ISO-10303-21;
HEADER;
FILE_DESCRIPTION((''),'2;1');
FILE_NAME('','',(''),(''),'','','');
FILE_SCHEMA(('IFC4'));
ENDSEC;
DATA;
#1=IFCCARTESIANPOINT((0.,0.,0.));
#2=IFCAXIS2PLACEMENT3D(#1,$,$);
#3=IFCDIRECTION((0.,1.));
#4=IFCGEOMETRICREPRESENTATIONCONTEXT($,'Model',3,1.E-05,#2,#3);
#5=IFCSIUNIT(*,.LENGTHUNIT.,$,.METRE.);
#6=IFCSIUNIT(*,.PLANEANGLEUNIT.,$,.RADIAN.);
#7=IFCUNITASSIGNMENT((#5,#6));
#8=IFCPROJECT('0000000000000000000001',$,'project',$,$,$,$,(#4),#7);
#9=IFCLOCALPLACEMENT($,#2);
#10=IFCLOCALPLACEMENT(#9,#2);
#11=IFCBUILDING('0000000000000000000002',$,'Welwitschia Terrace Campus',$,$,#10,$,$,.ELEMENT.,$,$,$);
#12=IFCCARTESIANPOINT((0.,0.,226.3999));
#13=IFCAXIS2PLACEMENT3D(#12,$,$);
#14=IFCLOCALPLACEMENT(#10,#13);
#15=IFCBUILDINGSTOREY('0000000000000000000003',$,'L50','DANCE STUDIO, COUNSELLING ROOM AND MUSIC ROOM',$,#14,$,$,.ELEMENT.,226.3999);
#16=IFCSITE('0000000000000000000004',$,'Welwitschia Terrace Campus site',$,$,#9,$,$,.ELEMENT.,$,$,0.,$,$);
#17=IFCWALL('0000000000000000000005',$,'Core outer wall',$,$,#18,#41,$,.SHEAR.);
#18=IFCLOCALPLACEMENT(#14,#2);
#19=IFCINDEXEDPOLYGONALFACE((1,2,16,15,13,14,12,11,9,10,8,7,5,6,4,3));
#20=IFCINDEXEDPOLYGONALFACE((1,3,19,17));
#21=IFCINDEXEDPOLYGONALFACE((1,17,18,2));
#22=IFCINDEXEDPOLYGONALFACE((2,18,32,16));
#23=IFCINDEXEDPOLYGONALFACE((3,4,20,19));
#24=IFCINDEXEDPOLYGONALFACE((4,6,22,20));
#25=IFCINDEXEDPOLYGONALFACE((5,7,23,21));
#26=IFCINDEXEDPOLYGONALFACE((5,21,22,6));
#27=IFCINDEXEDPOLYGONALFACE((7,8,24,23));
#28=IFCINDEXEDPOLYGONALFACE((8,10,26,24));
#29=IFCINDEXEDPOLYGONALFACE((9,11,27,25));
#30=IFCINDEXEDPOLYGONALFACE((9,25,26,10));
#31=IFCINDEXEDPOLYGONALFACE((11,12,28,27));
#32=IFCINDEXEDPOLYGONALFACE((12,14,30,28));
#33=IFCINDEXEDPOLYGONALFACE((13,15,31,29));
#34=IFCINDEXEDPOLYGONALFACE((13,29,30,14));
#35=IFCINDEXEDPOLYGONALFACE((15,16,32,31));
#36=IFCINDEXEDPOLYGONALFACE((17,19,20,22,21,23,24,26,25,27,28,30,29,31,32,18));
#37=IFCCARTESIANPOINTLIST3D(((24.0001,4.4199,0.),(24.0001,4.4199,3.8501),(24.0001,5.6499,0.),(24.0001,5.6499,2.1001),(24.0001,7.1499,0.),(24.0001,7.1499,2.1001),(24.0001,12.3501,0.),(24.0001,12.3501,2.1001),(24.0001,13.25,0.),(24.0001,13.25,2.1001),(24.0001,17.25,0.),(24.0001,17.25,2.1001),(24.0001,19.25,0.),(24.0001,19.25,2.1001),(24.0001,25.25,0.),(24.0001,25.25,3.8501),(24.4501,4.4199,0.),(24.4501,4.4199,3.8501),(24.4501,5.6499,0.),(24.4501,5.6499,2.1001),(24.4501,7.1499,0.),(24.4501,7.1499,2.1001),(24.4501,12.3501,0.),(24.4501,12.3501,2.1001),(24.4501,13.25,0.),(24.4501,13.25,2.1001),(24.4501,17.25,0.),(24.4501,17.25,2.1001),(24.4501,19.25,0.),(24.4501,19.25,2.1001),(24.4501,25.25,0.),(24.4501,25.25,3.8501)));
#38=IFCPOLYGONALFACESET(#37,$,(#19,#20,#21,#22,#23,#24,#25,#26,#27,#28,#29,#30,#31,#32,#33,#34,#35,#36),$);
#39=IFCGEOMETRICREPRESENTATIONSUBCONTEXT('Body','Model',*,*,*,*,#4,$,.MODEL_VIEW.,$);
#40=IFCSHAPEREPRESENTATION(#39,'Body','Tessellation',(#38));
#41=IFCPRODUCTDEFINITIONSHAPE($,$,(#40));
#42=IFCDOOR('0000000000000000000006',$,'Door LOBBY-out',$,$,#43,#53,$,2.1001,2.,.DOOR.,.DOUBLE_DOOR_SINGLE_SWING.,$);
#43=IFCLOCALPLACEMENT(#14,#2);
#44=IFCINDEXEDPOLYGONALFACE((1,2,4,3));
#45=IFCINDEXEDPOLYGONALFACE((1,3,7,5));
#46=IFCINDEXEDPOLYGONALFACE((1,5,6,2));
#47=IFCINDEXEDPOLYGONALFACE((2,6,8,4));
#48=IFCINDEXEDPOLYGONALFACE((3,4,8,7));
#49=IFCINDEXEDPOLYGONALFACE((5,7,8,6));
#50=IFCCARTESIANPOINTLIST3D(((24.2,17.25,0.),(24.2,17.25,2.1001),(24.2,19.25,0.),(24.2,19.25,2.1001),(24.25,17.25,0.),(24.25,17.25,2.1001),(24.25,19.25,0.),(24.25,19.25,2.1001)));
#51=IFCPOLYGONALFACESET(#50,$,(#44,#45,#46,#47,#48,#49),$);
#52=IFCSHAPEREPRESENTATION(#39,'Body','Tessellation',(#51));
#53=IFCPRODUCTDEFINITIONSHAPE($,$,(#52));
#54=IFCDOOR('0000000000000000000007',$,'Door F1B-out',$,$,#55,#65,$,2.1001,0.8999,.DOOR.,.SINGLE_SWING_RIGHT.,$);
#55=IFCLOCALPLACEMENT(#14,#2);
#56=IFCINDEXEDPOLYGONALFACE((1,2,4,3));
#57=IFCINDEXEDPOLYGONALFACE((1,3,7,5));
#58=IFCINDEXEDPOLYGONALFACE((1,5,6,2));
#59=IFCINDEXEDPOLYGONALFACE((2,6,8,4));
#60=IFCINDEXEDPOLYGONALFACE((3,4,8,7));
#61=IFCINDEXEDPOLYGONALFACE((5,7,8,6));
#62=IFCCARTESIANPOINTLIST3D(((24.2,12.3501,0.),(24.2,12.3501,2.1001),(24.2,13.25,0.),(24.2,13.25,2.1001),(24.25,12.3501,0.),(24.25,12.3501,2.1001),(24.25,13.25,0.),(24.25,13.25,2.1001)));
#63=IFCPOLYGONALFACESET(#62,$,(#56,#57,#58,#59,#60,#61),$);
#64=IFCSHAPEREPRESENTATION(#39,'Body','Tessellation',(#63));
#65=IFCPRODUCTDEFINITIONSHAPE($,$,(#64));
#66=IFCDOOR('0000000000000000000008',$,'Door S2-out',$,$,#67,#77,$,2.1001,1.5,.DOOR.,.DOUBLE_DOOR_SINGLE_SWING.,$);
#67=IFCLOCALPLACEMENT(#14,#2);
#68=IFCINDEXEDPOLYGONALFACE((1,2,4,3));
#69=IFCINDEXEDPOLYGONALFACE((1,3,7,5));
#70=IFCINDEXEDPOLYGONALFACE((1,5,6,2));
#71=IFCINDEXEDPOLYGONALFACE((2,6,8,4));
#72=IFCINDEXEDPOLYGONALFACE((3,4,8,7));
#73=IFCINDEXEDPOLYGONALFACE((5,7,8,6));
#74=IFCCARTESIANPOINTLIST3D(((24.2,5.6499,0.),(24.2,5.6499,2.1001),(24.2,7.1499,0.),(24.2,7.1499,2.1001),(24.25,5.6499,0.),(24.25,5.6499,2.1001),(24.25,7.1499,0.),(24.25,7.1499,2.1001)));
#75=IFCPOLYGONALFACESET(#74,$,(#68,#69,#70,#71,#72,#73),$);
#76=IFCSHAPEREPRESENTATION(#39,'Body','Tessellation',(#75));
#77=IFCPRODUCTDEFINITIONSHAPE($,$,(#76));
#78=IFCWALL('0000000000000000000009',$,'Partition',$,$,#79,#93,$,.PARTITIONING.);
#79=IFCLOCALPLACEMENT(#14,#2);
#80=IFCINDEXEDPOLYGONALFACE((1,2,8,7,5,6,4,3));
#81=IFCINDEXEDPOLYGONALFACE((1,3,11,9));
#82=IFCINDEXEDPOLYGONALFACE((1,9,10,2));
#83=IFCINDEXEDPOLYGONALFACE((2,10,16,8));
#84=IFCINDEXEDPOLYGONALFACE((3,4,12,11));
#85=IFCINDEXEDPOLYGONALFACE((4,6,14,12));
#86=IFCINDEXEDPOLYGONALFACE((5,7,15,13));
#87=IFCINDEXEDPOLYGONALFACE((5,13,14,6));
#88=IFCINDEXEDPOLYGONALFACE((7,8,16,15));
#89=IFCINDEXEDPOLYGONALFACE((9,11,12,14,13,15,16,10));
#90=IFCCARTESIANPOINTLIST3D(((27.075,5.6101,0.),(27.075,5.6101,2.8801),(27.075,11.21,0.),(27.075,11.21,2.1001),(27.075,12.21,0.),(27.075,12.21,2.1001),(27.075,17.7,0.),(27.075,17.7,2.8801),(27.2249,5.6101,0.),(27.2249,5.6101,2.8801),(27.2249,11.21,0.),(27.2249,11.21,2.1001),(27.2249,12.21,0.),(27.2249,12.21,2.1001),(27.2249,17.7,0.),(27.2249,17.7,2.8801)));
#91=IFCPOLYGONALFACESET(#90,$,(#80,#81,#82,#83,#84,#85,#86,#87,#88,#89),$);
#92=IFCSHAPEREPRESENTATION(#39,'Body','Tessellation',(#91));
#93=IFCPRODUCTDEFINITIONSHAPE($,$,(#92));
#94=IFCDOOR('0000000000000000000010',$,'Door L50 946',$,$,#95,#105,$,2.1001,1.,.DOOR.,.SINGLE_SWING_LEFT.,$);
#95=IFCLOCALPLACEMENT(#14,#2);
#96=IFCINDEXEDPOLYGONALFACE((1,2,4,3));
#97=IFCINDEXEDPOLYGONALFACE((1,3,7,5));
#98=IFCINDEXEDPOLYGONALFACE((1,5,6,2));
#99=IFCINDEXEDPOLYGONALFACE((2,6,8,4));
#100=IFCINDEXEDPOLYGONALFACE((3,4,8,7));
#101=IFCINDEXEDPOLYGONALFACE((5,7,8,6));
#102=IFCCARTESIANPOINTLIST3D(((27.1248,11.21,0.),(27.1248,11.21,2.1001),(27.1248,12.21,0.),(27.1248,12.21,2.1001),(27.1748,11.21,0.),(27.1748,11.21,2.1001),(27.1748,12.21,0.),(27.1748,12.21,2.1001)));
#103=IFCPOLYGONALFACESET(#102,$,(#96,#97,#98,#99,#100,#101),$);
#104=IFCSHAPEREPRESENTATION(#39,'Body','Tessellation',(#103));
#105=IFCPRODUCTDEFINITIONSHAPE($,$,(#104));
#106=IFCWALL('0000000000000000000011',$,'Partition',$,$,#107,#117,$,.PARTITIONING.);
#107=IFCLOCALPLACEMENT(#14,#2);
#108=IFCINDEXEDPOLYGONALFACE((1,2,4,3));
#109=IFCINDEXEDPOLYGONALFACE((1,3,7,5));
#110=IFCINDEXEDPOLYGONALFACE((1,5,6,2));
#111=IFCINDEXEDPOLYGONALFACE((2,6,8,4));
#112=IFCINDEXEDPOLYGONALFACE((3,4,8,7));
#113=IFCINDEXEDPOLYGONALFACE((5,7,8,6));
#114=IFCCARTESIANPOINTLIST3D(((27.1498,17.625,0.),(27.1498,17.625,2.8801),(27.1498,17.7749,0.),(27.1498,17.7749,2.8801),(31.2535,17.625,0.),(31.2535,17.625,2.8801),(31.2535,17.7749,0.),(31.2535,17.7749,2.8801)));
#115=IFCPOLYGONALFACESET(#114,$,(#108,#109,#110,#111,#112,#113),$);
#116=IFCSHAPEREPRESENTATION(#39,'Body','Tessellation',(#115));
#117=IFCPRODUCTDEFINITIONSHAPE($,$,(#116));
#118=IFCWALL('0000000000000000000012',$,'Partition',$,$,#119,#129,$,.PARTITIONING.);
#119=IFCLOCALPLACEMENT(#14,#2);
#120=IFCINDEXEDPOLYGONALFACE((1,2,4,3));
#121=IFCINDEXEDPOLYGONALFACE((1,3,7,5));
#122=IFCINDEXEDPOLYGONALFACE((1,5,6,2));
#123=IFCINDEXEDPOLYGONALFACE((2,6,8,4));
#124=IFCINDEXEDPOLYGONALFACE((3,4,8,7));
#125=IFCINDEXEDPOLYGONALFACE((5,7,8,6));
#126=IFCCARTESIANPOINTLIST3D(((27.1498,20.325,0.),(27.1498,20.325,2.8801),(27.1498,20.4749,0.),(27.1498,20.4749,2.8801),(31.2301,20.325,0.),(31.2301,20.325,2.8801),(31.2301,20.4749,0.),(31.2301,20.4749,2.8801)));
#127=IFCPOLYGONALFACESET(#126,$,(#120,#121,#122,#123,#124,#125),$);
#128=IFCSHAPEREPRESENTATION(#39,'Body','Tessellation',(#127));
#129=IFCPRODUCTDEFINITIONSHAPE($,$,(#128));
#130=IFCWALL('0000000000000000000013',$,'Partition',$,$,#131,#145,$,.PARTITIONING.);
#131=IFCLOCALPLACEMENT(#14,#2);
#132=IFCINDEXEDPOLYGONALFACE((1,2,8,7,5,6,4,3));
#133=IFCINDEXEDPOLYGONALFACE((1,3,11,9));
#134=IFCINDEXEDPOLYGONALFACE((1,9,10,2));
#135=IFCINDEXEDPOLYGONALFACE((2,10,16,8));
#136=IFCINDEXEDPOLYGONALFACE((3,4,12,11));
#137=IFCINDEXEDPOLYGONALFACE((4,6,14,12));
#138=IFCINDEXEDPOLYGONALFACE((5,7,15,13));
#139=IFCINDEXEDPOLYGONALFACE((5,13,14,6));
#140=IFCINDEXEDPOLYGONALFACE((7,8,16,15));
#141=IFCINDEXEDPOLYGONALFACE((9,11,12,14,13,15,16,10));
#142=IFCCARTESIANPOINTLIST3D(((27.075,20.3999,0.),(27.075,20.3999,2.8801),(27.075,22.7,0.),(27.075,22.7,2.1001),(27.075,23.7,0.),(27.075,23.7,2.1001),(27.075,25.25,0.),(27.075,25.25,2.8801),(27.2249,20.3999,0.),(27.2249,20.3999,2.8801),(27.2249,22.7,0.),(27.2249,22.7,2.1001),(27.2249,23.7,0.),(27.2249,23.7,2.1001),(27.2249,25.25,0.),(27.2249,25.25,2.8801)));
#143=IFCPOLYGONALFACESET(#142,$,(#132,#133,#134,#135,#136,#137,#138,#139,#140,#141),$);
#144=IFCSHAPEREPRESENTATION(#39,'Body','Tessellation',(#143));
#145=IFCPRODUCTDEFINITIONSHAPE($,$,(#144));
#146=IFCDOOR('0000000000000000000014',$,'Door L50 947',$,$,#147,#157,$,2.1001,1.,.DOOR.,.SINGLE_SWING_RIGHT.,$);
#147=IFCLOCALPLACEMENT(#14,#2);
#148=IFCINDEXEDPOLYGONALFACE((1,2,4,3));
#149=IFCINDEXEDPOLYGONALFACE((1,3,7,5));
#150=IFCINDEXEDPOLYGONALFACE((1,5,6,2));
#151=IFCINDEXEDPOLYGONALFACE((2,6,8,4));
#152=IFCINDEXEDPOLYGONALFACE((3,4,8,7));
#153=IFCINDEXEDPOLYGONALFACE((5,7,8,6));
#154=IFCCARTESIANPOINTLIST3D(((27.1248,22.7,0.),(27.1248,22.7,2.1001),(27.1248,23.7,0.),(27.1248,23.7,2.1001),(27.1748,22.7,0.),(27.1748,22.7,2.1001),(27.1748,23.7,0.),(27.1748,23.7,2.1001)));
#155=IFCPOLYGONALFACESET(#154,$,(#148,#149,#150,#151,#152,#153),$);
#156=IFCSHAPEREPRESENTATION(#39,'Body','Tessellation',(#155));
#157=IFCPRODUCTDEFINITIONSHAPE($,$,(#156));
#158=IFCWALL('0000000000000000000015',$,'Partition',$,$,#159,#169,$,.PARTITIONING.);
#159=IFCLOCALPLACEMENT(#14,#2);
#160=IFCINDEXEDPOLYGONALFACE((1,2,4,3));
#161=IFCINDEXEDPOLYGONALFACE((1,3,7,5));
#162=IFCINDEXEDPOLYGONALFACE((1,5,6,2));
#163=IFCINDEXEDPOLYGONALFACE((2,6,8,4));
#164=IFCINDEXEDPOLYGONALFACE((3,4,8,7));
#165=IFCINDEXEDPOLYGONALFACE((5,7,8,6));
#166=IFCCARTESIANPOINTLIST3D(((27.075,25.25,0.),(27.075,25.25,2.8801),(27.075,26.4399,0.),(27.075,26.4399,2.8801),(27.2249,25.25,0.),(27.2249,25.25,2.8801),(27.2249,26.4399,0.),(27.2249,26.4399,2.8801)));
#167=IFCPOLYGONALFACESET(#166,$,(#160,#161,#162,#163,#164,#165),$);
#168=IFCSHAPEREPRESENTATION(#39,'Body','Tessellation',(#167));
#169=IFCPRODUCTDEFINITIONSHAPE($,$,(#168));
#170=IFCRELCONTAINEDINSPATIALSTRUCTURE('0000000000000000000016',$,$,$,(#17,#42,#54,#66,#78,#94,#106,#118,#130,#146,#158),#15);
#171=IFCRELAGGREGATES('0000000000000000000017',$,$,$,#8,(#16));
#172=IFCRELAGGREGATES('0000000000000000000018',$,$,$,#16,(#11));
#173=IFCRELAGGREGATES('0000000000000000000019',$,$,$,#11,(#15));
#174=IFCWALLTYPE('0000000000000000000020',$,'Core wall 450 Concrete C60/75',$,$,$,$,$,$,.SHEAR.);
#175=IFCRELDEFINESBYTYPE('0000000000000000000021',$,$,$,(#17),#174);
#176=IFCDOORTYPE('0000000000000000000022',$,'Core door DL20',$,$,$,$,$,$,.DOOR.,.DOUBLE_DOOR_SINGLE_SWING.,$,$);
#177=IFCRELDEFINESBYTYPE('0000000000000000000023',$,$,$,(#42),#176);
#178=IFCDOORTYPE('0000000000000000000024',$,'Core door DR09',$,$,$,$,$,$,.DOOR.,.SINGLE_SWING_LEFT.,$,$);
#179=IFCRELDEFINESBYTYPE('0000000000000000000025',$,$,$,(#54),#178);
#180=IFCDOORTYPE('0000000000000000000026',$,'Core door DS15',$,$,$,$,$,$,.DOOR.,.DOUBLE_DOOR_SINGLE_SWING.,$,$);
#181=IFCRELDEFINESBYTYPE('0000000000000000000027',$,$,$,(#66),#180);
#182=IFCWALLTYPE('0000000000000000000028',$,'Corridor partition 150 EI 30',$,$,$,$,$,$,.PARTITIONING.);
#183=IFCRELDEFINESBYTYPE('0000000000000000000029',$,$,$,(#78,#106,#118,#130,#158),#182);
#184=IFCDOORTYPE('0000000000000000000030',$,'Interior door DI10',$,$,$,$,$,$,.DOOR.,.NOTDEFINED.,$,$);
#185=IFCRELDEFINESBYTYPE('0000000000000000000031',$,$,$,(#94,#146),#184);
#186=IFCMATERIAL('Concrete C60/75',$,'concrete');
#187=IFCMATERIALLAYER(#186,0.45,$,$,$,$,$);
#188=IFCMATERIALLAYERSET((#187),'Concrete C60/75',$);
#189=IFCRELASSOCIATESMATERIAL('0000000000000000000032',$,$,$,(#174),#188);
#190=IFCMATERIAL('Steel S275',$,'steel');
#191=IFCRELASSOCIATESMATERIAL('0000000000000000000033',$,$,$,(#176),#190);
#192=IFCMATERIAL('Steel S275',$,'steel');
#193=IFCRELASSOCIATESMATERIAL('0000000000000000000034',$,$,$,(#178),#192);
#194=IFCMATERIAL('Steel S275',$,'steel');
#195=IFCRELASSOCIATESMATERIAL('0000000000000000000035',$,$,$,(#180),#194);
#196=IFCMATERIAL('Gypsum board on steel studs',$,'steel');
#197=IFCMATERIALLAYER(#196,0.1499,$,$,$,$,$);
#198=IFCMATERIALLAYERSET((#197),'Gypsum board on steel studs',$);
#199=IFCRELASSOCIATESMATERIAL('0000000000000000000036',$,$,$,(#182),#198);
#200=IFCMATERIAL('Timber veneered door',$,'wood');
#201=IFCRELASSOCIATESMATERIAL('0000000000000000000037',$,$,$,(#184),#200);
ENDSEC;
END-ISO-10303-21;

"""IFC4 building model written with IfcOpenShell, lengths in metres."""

from ifc_helpers import new_model, si_unit, direction, frame, frame_2d, origin, place, context, subcontext, project, spatial, rectangle, extrude, material, layer, layer_set, type_object, element, fill, save


model = new_model("IFC4")

# Units and contexts
model_context = context("Model", 3, precision=1e-05, world=origin(), true_north=direction((0.0, 1.0)))
body_context = subcontext(model_context, "Body", "Model", "MODEL_VIEW")
ifc_project = project(units=[si_unit("LENGTHUNIT", "METRE"), si_unit("PLANEANGLEUNIT", "RADIAN")], contexts=[model_context])

# Site, building, storey
site_placement = place(None, origin())
site = spatial("IfcSite", under=ifc_project, at=site_placement, Name="Welwitschia Terrace Campus site", CompositionType="ELEMENT", RefElevation=0.0)
building_placement = place(site_placement, origin())
building = spatial("IfcBuilding", under=site, at=building_placement, Name="Welwitschia Terrace Campus", CompositionType="ELEMENT")
storey_placement = place(building_placement, frame((0.0, 0.0, 226.3999)))
storey = spatial("IfcBuildingStorey", under=building, at=storey_placement, Name="L50", Description="DANCE STUDIO, COUNSELLING ROOM AND MUSIC ROOM", CompositionType="ELEMENT", Elevation=226.3999)

# Wall, openings, doors
ifc_material_1 = material(Name="Concrete C60/75", Category="concrete")
ifc_layer_1 = layer(ifc_material_1, 0.45)
ifc_layer_set_1 = layer_set([ifc_layer_1], Name="Concrete C60/75")
wall_type_1 = type_object("IfcWallType", Name="Core wall 450 Concrete C60/75", PredefinedType="SHEAR", material=ifc_layer_set_1)
wall_1_placement = place(storey_placement, frame((24.2251, 25.25, 0.0), z_axis=(0.0, 0.0, 1.0), x_axis=(0.0, -1.0, 0.0)))
wall_1 = element("IfcWall", 1, at=wall_1_placement, inside=storey, type_object=wall_type_1, Name="Core outer wall", PredefinedType="SHEAR", context=body_context, shape_type="SweptSolid", body=[
    extrude(rectangle(XDim=20.8301, YDim=0.45, at=frame_2d((10.415, 0.0))), origin(), (0.0, 0.0, 1.0), 3.8501),
])
opening_1_placement = place(wall_1_placement, frame((18.1001, 0.0, 0.0)))
opening_1 = element("IfcOpeningElement", 2, at=opening_1_placement, cuts=wall_1, PredefinedType="OPENING", context=body_context, shape_type="SweptSolid", body=[
    extrude(rectangle(XDim=1.5, YDim=2.1001, at=frame_2d((0.75, 1.05))), frame((0.0, 0.2349, 0.0), z_axis=(0.0, -1.0, 0.0), x_axis=(1.0, 0.0, 0.0)), (0.0, 0.0, 1.0), 0.47),
])
opening_2_placement = place(wall_1_placement, frame((12.0, 0.0, 0.0)))
opening_2 = element("IfcOpeningElement", 3, at=opening_2_placement, cuts=wall_1, PredefinedType="OPENING", context=body_context, shape_type="SweptSolid", body=[
    extrude(rectangle(XDim=0.8999, YDim=2.1001, at=frame_2d((0.45, 1.05))), frame((0.0, 0.2349, 0.0), z_axis=(0.0, -1.0, 0.0), x_axis=(1.0, 0.0, 0.0)), (0.0, 0.0, 1.0), 0.47),
])
opening_3_placement = place(wall_1_placement, frame((6.0, 0.0, 0.0)))
opening_3 = element("IfcOpeningElement", 4, at=opening_3_placement, cuts=wall_1, PredefinedType="OPENING", context=body_context, shape_type="SweptSolid", body=[
    extrude(rectangle(XDim=2.0, YDim=2.1001, at=frame_2d((1.0, 1.05))), frame((0.0, 0.2349, 0.0), z_axis=(0.0, -1.0, 0.0), x_axis=(1.0, 0.0, 0.0)), (0.0, 0.0, 1.0), 0.47),
])
ifc_material_2 = material(Name="Steel S275", Category="steel")
door_type_1 = type_object("IfcDoorType", Name="Core door DL20", OperationType="DOUBLE_DOOR_SINGLE_SWING", PredefinedType="DOOR", material=ifc_material_2)
door_1_placement = place(opening_3_placement, origin())
door_1 = element("IfcDoor", 5, at=door_1_placement, inside=storey, type_object=door_type_1, Name="Door LOBBY-out", OperationType="DOUBLE_DOOR_SINGLE_SWING", OverallHeight=2.1001, OverallWidth=2.0, PredefinedType="DOOR", context=body_context, shape_type="SweptSolid", body=[
    extrude(rectangle(XDim=2.0, YDim=2.1001, at=frame_2d((1.0, 1.05))), frame((0.0, 0.0249, 0.0), z_axis=(0.0, -1.0, 0.0), x_axis=(1.0, 0.0, 0.0)), (0.0, 0.0, 1.0), 0.05),
])
fill(opening_3, door_1)
ifc_material_3 = material(Name="Steel S275", Category="steel")
door_type_2 = type_object("IfcDoorType", Name="Core door DR09", OperationType="SINGLE_SWING_LEFT", PredefinedType="DOOR", material=ifc_material_3)
door_2_placement = place(opening_2_placement, origin())
door_2 = element("IfcDoor", 6, at=door_2_placement, inside=storey, type_object=door_type_2, Name="Door F1B-out", OperationType="SINGLE_SWING_RIGHT", OverallHeight=2.1001, OverallWidth=0.8999, PredefinedType="DOOR", context=body_context, shape_type="SweptSolid", body=[
    extrude(rectangle(XDim=0.8999, YDim=2.1001, at=frame_2d((0.45, 1.05))), frame((0.0, 0.0249, 0.0), z_axis=(0.0, -1.0, 0.0), x_axis=(1.0, 0.0, 0.0)), (0.0, 0.0, 1.0), 0.05),
])
fill(opening_2, door_2)
ifc_material_4 = material(Name="Steel S275", Category="steel")
door_type_3 = type_object("IfcDoorType", Name="Core door DS15", OperationType="DOUBLE_DOOR_SINGLE_SWING", PredefinedType="DOOR", material=ifc_material_4)
door_3_placement = place(opening_1_placement, origin())
door_3 = element("IfcDoor", 7, at=door_3_placement, inside=storey, type_object=door_type_3, Name="Door S2-out", OperationType="DOUBLE_DOOR_SINGLE_SWING", OverallHeight=2.1001, OverallWidth=1.5, PredefinedType="DOOR", context=body_context, shape_type="SweptSolid", body=[
    extrude(rectangle(XDim=1.5, YDim=2.1001, at=frame_2d((0.75, 1.05))), frame((0.0, 0.0249, 0.0), z_axis=(0.0, -1.0, 0.0), x_axis=(1.0, 0.0, 0.0)), (0.0, 0.0, 1.0), 0.05),
])
fill(opening_1, door_3)

# Wall, opening, door
ifc_material_5 = material(Name="Gypsum board on steel studs", Category="steel")
ifc_layer_2 = layer(ifc_material_5, 0.1499)
ifc_layer_set_2 = layer_set([ifc_layer_2], Name="Gypsum board on steel studs")
wall_type_2 = type_object("IfcWallType", Name="Corridor partition 150 EI 30", PredefinedType="PARTITIONING", material=ifc_layer_set_2)
wall_2_placement = place(storey_placement, frame((27.1499, 17.7, 0.0), z_axis=(0.0, 0.0, 1.0), x_axis=(0.0, -1.0, 0.0)))
wall_2 = element("IfcWall", 8, at=wall_2_placement, inside=storey, type_object=wall_type_2, Name="Partition", PredefinedType="PARTITIONING", context=body_context, shape_type="SweptSolid", body=[
    extrude(rectangle(XDim=12.0898, YDim=0.1499, at=frame_2d((6.0449, 0.0))), origin(), (0.0, 0.0, 1.0), 2.8801),
])
opening_4_placement = place(wall_2_placement, frame((5.49, 0.0, 0.0)))
opening_4 = element("IfcOpeningElement", 9, at=opening_4_placement, cuts=wall_2, PredefinedType="OPENING", context=body_context, shape_type="SweptSolid", body=[
    extrude(rectangle(XDim=1.0, YDim=2.1001, at=frame_2d((0.5, 1.05))), frame((0.0, 0.085, 0.0), z_axis=(0.0, -1.0, 0.0), x_axis=(1.0, 0.0, 0.0)), (0.0, 0.0, 1.0), 0.1699),
])
ifc_material_6 = material(Name="Timber veneered door", Category="wood")
door_type_4 = type_object("IfcDoorType", Name="Interior door DI10", OperationType="NOTDEFINED", PredefinedType="DOOR", material=ifc_material_6)
door_4_placement = place(opening_4_placement, origin())
door_4 = element("IfcDoor", 10, at=door_4_placement, inside=storey, type_object=door_type_4, Name="Door L50 946", OperationType="SINGLE_SWING_LEFT", OverallHeight=2.1001, OverallWidth=1.0, PredefinedType="DOOR", context=body_context, shape_type="SweptSolid", body=[
    extrude(rectangle(XDim=1.0, YDim=2.1001, at=frame_2d((0.5, 1.05))), frame((0.0, 0.0249, 0.0), z_axis=(0.0, -1.0, 0.0), x_axis=(1.0, 0.0, 0.0)), (0.0, 0.0, 1.0), 0.05),
])
fill(opening_4, door_4)

# Walls
wall_3_placement = place(storey_placement, frame((27.1499, 17.7, 0.0), z_axis=(0.0, 0.0, 1.0), x_axis=(1.0, 0.0, 0.0)))
element("IfcWall", 11, at=wall_3_placement, inside=storey, type_object=wall_type_2, Name="Partition", PredefinedType="PARTITIONING", context=body_context, shape_type="SweptSolid", body=[
    extrude(rectangle(XDim=4.1038, YDim=0.1499, at=frame_2d((2.0518, 0.0))), origin(), (0.0, 0.0, 1.0), 2.8801),
])
wall_4_placement = place(storey_placement, frame((27.1499, 20.3999, 0.0), z_axis=(0.0, 0.0, 1.0), x_axis=(1.0, 0.0, 0.0)))
element("IfcWall", 12, at=wall_4_placement, inside=storey, type_object=wall_type_2, Name="Partition", PredefinedType="PARTITIONING", context=body_context, shape_type="SweptSolid", body=[
    extrude(rectangle(XDim=4.0803, YDim=0.1499, at=frame_2d((2.04, 0.0))), origin(), (0.0, 0.0, 1.0), 2.8801),
])

# Wall, opening, door
wall_5_placement = place(storey_placement, frame((27.1499, 25.25, 0.0), z_axis=(0.0, 0.0, 1.0), x_axis=(0.0, -1.0, 0.0)))
wall_5 = element("IfcWall", 13, at=wall_5_placement, inside=storey, type_object=wall_type_2, Name="Partition", PredefinedType="PARTITIONING", context=body_context, shape_type="SweptSolid", body=[
    extrude(rectangle(XDim=4.8501, YDim=0.1499, at=frame_2d((2.425, 0.0))), origin(), (0.0, 0.0, 1.0), 2.8801),
])
opening_5_placement = place(wall_5_placement, frame((1.55, 0.0, 0.0)))
opening_5 = element("IfcOpeningElement", 14, at=opening_5_placement, cuts=wall_5, PredefinedType="OPENING", context=body_context, shape_type="SweptSolid", body=[
    extrude(rectangle(XDim=1.0, YDim=2.1001, at=frame_2d((0.5, 1.05))), frame((0.0, 0.085, 0.0), z_axis=(0.0, -1.0, 0.0), x_axis=(1.0, 0.0, 0.0)), (0.0, 0.0, 1.0), 0.1699),
])
door_5_placement = place(opening_5_placement, origin())
door_5 = element("IfcDoor", 15, at=door_5_placement, inside=storey, type_object=door_type_4, Name="Door L50 947", OperationType="SINGLE_SWING_RIGHT", OverallHeight=2.1001, OverallWidth=1.0, PredefinedType="DOOR", context=body_context, shape_type="SweptSolid", body=[
    extrude(rectangle(XDim=1.0, YDim=2.1001, at=frame_2d((0.5, 1.05))), frame((0.0, 0.0249, 0.0), z_axis=(0.0, -1.0, 0.0), x_axis=(1.0, 0.0, 0.0)), (0.0, 0.0, 1.0), 0.05),
])
fill(opening_5, door_5)

# Wall
wall_6_placement = place(storey_placement, frame((27.1499, 25.25, 0.0), z_axis=(0.0, 0.0, 1.0), x_axis=(0.0, 1.0, 0.0)))
element("IfcWall", 16, at=wall_6_placement, inside=storey, type_object=wall_type_2, Name="Partition", PredefinedType="PARTITIONING", context=body_context, shape_type="SweptSolid", body=[
    extrude(rectangle(XDim=1.1899, YDim=0.1499, at=frame_2d((0.595, 0.0))), origin(), (0.0, 0.0, 1.0), 2.8801),
])

save(model, "model.ifc")
